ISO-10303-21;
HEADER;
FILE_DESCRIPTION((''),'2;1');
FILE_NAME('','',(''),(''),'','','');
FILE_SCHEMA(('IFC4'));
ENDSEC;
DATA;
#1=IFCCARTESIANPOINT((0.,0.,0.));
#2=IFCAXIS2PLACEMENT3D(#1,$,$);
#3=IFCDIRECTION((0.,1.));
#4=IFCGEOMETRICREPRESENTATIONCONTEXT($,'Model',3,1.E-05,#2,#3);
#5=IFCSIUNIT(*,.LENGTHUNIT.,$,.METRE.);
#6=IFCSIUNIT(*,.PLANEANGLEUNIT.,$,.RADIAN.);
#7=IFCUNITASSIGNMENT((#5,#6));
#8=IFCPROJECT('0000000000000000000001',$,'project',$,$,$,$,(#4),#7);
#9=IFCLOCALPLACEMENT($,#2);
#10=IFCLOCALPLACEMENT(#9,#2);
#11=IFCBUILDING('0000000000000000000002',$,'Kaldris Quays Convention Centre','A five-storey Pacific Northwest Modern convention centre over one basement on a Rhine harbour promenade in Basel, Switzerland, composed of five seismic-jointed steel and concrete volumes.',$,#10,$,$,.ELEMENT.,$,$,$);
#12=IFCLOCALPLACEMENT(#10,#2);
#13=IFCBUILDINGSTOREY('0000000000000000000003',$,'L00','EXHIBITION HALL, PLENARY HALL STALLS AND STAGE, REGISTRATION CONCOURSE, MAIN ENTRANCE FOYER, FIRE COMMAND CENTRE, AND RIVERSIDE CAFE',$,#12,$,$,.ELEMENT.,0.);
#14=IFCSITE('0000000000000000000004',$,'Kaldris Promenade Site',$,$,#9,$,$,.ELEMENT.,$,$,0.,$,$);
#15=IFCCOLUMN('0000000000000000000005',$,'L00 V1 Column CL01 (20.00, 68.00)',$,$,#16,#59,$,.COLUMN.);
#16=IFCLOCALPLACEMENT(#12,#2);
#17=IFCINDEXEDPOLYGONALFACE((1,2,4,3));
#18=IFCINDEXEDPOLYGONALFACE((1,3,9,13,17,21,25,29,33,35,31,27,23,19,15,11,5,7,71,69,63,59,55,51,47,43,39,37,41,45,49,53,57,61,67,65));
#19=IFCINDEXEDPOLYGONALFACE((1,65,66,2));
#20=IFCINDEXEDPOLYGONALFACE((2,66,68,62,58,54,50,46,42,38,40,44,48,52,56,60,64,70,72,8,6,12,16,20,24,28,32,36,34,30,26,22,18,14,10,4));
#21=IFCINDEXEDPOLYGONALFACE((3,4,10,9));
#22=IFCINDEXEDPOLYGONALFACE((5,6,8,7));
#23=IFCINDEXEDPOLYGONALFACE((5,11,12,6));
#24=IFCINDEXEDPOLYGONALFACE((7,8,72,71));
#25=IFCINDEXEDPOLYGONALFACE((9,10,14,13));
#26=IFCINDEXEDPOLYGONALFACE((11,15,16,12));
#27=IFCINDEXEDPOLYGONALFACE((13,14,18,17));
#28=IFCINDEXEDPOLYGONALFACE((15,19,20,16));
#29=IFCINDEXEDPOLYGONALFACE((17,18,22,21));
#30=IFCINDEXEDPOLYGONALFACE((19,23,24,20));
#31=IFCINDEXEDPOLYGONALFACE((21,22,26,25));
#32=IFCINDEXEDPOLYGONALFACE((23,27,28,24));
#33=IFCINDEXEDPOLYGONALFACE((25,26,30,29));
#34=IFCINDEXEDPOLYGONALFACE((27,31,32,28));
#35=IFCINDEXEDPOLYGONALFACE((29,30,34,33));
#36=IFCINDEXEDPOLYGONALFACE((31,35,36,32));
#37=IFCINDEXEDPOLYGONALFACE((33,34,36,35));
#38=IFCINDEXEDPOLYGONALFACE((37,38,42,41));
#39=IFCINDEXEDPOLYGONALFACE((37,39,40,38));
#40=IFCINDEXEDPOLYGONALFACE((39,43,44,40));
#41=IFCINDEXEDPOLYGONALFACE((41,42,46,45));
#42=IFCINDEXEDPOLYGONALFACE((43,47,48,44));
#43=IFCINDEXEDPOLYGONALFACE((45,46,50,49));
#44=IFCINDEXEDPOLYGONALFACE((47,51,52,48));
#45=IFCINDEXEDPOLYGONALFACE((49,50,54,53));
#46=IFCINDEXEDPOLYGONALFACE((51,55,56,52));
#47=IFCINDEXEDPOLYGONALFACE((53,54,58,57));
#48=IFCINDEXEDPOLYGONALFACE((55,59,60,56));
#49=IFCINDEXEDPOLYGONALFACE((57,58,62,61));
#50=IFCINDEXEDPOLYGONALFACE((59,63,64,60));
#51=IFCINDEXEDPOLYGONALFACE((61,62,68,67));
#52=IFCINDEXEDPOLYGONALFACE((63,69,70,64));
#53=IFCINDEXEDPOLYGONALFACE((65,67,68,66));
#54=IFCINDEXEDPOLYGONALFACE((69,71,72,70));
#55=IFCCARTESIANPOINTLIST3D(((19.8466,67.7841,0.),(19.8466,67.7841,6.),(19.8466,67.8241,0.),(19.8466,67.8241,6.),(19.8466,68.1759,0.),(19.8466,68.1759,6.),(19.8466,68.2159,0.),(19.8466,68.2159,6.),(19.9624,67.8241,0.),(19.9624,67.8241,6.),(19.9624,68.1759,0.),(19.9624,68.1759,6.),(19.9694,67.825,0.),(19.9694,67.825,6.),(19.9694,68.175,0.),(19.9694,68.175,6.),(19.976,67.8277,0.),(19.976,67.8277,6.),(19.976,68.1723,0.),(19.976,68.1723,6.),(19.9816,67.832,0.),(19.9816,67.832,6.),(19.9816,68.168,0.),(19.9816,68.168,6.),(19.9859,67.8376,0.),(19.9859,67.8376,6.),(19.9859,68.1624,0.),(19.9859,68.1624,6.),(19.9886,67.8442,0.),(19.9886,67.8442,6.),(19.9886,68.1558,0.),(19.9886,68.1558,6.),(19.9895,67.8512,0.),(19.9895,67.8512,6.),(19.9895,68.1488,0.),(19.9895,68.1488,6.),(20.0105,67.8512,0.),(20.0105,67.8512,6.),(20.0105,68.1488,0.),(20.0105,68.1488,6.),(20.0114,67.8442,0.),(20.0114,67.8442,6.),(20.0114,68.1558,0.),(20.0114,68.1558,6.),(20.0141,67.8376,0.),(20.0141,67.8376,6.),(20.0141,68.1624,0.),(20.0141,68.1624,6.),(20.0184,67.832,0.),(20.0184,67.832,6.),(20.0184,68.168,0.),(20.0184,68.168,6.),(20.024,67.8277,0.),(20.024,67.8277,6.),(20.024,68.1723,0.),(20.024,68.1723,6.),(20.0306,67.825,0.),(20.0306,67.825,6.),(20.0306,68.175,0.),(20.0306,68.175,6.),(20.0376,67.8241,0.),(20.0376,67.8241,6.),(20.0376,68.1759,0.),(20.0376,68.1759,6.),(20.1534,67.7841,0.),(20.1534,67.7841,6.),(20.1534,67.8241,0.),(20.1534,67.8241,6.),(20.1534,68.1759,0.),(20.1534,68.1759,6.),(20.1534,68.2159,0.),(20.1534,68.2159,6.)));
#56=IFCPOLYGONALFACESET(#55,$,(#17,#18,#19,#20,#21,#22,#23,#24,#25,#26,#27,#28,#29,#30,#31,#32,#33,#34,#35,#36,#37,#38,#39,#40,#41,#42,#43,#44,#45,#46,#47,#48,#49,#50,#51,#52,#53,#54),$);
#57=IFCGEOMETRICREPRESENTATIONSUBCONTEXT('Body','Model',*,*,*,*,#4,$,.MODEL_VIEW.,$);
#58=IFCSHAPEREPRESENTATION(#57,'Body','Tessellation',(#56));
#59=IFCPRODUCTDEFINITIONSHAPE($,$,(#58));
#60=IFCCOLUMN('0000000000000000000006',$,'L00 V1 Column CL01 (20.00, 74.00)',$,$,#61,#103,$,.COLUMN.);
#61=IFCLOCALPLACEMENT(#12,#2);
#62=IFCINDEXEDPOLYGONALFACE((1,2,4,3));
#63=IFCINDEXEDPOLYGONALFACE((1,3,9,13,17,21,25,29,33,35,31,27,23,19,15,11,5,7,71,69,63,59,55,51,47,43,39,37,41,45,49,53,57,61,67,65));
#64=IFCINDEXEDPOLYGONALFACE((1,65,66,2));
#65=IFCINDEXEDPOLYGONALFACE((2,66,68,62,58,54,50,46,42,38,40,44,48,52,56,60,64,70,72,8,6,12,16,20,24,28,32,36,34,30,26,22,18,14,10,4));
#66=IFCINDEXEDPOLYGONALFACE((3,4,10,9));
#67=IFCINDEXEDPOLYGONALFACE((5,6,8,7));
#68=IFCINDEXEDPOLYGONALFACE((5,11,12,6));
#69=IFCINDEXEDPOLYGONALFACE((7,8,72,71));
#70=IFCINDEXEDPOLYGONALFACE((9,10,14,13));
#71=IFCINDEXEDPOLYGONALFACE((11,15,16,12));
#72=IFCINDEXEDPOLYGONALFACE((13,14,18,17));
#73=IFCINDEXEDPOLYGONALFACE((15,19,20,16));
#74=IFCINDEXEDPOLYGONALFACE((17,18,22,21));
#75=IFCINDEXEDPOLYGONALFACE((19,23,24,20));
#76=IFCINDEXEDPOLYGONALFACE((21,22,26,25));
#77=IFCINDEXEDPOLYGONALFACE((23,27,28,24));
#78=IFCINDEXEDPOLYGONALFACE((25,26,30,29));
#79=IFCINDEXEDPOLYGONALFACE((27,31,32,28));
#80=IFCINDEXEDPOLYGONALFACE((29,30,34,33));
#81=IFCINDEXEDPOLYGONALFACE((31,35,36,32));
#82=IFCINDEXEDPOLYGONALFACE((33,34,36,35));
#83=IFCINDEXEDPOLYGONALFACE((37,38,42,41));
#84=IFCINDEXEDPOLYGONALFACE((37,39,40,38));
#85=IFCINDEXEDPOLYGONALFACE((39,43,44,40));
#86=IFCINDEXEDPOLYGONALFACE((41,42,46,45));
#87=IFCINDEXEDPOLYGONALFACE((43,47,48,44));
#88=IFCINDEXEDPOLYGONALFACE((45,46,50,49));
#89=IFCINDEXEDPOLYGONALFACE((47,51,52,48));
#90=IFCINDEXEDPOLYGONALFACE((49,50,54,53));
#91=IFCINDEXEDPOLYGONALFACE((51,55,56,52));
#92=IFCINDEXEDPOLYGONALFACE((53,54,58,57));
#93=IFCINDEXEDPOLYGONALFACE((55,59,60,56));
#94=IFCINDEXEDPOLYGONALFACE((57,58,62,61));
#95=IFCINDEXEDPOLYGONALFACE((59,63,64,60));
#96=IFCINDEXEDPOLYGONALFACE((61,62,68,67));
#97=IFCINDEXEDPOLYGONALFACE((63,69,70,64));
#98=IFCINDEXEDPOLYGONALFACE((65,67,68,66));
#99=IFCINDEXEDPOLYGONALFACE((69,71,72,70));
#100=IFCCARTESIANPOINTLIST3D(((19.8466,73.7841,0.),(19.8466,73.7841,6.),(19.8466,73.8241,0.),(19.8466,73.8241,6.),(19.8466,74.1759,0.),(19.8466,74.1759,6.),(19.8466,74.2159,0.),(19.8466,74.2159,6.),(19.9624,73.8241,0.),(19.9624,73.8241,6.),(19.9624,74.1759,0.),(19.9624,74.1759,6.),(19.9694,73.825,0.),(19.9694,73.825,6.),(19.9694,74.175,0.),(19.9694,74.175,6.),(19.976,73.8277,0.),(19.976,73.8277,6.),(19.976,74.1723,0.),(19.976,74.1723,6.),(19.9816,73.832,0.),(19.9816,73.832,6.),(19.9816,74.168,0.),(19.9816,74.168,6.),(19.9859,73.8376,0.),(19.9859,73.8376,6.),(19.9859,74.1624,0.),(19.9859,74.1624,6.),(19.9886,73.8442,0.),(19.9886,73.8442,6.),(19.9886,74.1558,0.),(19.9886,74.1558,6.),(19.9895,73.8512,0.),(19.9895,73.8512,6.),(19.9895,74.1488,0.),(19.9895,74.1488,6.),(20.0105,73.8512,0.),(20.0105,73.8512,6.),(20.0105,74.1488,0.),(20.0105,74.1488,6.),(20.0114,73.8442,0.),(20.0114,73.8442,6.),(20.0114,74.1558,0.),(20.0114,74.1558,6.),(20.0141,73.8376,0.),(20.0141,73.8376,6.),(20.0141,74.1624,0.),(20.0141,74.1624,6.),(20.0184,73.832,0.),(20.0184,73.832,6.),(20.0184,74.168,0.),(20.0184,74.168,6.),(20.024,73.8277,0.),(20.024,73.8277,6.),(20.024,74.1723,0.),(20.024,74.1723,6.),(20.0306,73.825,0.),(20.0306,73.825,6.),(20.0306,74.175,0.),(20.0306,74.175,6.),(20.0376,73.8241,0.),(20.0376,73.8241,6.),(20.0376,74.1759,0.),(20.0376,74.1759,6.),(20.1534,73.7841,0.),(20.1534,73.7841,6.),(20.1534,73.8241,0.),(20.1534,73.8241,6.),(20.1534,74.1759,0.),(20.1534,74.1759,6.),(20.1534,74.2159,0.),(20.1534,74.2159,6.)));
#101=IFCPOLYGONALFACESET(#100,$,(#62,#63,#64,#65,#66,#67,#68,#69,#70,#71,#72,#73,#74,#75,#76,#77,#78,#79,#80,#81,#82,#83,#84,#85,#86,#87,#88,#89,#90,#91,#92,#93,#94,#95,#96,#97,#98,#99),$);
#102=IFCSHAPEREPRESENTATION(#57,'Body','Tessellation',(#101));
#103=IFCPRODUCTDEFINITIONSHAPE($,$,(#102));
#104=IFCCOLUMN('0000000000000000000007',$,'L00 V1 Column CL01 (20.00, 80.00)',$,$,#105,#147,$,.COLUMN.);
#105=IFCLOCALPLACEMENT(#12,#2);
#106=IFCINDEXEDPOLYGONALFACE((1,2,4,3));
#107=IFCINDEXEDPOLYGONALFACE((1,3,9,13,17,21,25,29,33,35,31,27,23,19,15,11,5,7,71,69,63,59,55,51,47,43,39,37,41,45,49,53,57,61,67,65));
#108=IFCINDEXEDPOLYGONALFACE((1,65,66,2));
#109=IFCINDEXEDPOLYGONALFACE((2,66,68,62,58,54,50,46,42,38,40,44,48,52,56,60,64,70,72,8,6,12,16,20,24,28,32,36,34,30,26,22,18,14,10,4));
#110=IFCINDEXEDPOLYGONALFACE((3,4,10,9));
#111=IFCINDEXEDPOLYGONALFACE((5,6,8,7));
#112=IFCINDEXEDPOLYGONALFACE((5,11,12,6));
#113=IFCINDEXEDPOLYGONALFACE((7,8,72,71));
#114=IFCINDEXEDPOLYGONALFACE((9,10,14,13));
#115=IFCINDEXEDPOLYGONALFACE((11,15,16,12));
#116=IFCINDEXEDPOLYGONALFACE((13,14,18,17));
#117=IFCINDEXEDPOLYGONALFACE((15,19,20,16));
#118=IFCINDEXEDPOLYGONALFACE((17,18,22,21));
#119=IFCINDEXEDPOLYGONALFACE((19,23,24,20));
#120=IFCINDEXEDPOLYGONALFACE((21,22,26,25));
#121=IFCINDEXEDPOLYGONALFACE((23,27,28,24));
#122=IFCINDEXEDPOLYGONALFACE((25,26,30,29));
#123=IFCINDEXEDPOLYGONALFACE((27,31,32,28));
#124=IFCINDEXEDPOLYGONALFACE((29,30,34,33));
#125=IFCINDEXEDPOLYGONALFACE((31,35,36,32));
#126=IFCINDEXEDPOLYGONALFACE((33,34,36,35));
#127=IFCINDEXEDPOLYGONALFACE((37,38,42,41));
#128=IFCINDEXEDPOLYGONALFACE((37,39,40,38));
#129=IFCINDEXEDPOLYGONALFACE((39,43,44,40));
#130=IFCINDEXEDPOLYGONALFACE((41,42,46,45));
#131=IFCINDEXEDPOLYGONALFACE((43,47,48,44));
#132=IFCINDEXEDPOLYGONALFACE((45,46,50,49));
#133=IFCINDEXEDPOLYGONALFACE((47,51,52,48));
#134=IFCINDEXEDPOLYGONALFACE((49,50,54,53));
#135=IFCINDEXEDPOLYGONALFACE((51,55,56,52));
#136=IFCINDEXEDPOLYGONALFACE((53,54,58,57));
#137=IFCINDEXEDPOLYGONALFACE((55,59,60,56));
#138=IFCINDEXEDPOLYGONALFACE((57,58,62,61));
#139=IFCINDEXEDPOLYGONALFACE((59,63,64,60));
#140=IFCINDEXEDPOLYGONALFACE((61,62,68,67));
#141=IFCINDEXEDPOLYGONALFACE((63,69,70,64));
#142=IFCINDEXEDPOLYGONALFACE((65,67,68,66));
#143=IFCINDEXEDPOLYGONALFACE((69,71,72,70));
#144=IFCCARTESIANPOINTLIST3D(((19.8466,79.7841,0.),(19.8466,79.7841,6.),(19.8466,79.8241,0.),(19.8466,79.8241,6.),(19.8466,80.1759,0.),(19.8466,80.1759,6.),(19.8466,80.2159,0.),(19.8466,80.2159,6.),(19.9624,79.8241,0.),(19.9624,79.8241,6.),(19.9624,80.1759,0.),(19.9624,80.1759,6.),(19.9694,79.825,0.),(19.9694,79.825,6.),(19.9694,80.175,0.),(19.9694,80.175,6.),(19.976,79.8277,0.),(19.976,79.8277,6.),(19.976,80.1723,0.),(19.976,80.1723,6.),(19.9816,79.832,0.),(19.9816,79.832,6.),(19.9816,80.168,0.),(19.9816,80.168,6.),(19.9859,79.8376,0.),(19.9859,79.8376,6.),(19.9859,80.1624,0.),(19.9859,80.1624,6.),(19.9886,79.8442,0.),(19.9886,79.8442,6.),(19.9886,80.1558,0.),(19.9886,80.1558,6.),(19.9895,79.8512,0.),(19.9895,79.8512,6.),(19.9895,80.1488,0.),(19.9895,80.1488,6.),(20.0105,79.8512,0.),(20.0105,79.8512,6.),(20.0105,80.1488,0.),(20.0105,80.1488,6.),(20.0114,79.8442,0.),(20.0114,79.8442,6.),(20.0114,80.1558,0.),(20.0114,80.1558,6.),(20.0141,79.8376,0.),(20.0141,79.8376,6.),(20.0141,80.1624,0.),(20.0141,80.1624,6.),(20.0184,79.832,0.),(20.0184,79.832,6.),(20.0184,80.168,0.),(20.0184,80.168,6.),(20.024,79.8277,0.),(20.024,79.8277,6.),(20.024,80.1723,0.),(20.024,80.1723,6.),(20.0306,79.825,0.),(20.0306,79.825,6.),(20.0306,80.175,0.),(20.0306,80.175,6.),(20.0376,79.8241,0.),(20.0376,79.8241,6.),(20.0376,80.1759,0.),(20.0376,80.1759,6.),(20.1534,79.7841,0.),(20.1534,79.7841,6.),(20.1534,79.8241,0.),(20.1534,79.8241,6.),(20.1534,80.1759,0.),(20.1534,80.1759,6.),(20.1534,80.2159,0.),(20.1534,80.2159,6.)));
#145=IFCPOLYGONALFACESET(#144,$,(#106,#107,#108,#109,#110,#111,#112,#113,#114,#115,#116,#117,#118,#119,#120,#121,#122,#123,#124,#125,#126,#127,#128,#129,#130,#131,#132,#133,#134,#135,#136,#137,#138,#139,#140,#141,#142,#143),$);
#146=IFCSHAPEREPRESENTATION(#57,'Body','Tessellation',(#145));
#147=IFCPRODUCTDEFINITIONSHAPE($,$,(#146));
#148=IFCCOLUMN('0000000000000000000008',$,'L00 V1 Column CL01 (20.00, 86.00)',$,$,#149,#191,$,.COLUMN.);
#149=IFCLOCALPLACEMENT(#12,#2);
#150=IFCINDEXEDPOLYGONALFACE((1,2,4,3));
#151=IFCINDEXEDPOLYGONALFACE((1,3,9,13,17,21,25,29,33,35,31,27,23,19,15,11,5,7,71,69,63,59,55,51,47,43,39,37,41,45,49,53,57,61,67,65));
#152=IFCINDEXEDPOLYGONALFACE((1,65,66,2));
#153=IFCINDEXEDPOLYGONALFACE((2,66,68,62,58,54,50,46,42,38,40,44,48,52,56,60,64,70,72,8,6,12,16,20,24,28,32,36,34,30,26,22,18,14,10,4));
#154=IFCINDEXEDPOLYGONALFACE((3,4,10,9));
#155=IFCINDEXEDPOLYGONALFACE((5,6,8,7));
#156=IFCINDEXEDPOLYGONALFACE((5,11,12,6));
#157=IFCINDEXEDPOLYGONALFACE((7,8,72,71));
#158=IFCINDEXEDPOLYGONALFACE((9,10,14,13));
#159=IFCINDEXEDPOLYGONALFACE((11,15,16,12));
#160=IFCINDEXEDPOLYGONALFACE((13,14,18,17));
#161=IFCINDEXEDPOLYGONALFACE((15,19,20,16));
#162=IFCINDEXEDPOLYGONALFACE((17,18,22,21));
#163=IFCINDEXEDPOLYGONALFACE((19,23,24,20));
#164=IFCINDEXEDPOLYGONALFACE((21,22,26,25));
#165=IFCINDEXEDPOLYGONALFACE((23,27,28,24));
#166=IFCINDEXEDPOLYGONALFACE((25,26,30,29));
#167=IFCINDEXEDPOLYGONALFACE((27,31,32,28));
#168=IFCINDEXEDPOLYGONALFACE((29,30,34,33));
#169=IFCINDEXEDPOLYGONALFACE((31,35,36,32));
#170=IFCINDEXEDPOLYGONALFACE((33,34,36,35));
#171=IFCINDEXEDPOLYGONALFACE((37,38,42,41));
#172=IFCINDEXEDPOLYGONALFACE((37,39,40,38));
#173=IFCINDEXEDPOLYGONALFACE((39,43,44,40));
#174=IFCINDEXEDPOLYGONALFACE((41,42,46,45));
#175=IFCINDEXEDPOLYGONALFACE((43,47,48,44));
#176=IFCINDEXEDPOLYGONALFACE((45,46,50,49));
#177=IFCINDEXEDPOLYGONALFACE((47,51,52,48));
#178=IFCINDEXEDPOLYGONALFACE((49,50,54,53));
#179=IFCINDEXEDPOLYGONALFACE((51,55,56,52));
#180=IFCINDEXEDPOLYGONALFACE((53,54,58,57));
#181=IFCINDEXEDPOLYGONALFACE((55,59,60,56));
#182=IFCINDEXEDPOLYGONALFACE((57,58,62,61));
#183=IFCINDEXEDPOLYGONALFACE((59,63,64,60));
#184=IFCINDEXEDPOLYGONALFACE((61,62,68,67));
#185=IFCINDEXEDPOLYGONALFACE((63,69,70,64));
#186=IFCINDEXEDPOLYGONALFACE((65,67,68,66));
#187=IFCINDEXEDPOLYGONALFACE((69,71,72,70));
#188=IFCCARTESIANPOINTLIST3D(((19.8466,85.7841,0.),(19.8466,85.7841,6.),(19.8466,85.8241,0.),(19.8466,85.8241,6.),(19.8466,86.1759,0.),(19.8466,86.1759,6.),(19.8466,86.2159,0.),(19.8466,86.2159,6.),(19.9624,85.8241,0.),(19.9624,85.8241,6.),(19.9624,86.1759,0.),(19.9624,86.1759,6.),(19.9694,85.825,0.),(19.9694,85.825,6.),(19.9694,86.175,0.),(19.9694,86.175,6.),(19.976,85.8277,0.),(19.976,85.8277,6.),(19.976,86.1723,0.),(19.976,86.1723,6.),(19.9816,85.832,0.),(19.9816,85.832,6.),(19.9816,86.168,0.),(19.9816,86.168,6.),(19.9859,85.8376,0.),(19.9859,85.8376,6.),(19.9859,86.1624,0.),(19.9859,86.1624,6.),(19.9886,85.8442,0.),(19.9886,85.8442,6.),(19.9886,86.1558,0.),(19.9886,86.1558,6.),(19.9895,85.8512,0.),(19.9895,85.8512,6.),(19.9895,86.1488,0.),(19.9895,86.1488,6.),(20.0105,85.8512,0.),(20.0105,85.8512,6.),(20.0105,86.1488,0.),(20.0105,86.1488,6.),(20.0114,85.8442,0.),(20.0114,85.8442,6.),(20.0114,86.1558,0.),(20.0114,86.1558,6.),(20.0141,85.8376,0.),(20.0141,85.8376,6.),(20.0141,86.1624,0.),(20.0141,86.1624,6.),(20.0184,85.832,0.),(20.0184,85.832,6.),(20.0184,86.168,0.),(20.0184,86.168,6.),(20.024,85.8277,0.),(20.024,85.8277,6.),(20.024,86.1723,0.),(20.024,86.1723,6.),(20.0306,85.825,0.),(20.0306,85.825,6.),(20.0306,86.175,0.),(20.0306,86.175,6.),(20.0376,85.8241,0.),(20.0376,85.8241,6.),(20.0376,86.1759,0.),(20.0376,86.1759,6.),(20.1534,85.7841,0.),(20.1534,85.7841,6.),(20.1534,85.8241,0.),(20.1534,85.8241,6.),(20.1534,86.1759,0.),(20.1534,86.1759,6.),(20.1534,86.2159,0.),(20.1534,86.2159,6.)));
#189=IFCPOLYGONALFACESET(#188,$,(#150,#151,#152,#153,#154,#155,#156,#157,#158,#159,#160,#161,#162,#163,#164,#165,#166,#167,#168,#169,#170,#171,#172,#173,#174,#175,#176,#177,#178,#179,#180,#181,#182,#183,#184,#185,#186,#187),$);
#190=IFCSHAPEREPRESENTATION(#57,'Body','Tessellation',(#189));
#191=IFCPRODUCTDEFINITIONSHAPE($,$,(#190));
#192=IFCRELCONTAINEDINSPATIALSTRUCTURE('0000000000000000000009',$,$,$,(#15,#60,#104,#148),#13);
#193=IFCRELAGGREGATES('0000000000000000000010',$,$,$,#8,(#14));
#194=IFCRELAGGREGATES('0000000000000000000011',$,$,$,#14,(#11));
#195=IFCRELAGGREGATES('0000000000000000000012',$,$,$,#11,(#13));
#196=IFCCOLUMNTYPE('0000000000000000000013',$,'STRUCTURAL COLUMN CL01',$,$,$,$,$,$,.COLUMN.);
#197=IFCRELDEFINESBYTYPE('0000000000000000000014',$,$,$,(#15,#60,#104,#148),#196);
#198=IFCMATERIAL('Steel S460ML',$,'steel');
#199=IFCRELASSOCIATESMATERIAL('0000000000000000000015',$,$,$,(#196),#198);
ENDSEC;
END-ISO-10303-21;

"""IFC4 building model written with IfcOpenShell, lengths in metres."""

from ifc_helpers import new_model, si_unit, direction, frame, origin, origin_2d, place, context, subcontext, project, spatial, i_section, extrude, material, material_profile, profile_set, type_object, element, save


model = new_model("IFC4")

# Units and contexts
model_context = context("Model", 3, precision=1e-05, world=origin(), true_north=direction((0.0, 1.0)))
body_context = subcontext(model_context, "Body", "Model", "MODEL_VIEW")
ifc_project = project(units=[si_unit("LENGTHUNIT", "METRE"), si_unit("PLANEANGLEUNIT", "RADIAN")], contexts=[model_context])

# Site, building, storey
site_placement = place(None, origin())
site = spatial("IfcSite", under=ifc_project, at=site_placement, Name="Kaldris Promenade Site", CompositionType="ELEMENT", RefElevation=0.0)
building_placement = place(site_placement, origin())
building = spatial("IfcBuilding", under=site, at=building_placement, Name="Kaldris Quays Convention Centre", Description="A five-storey Pacific Northwest Modern convention centre over one basement on a Rhine harbour promenade in Basel, Switzerland, composed of five seismic-jointed steel and concrete volumes.", CompositionType="ELEMENT")
storey_placement = place(building_placement, origin())
storey = spatial("IfcBuildingStorey", under=building, at=storey_placement, Name="L00", Description="EXHIBITION HALL, PLENARY HALL STALLS AND STAGE, REGISTRATION CONCOURSE, MAIN ENTRANCE FOYER, FIRE COMMAND CENTRE, AND RIVERSIDE CAFE", CompositionType="ELEMENT", Elevation=0.0)

# Columns
ifc_material_1 = material(Name="Steel S460ML", Category="steel")
ifc_material_profile_1 = material_profile(ifc_material_1, i_section(OverallWidth=0.3069, OverallDepth=0.4319, WebThickness=0.021, FlangeThickness=0.04, FilletRadius=0.0271, at=origin_2d()), Name="HEM 400")
ifc_profile_set_1 = profile_set([ifc_material_profile_1], Name="Steel S460ML")
column_type_1 = type_object("IfcColumnType", Name="STRUCTURAL COLUMN CL01", PredefinedType="COLUMN", material=ifc_profile_set_1)
for number, where, z_axis, x_axis, name in (
    (1, (20.0, 68.0, 0.0), (0.0, 0.0, 1.0), (1.0, 0.0, 0.0), "L00 V1 Column CL01 (20.00, 68.00)"),
    (2, (20.0, 74.0, 0.0), (0.0, 0.0, 1.0), (1.0, 0.0, 0.0), "L00 V1 Column CL01 (20.00, 74.00)"),
    (3, (20.0, 80.0, 0.0), (0.0, 0.0, 1.0), (1.0, 0.0, 0.0), "L00 V1 Column CL01 (20.00, 80.00)"),
    (4, (20.0, 86.0, 0.0), (0.0, 0.0, 1.0), (1.0, 0.0, 0.0), "L00 V1 Column CL01 (20.00, 86.00)"),
):
    element("IfcColumn", number, at=place(storey_placement, frame(where, z_axis=z_axis, x_axis=x_axis)), inside=storey, type_object=column_type_1, Name=name, PredefinedType="COLUMN", context=body_context, shape_type="SweptSolid", body=[
        extrude(i_section(OverallWidth=0.3069, OverallDepth=0.4319, WebThickness=0.021, FlangeThickness=0.04, FilletRadius=0.0271, at=origin_2d()), origin(), (0.0, 0.0, 1.0), 6.0),
    ])

save(model, "model.ifc")
